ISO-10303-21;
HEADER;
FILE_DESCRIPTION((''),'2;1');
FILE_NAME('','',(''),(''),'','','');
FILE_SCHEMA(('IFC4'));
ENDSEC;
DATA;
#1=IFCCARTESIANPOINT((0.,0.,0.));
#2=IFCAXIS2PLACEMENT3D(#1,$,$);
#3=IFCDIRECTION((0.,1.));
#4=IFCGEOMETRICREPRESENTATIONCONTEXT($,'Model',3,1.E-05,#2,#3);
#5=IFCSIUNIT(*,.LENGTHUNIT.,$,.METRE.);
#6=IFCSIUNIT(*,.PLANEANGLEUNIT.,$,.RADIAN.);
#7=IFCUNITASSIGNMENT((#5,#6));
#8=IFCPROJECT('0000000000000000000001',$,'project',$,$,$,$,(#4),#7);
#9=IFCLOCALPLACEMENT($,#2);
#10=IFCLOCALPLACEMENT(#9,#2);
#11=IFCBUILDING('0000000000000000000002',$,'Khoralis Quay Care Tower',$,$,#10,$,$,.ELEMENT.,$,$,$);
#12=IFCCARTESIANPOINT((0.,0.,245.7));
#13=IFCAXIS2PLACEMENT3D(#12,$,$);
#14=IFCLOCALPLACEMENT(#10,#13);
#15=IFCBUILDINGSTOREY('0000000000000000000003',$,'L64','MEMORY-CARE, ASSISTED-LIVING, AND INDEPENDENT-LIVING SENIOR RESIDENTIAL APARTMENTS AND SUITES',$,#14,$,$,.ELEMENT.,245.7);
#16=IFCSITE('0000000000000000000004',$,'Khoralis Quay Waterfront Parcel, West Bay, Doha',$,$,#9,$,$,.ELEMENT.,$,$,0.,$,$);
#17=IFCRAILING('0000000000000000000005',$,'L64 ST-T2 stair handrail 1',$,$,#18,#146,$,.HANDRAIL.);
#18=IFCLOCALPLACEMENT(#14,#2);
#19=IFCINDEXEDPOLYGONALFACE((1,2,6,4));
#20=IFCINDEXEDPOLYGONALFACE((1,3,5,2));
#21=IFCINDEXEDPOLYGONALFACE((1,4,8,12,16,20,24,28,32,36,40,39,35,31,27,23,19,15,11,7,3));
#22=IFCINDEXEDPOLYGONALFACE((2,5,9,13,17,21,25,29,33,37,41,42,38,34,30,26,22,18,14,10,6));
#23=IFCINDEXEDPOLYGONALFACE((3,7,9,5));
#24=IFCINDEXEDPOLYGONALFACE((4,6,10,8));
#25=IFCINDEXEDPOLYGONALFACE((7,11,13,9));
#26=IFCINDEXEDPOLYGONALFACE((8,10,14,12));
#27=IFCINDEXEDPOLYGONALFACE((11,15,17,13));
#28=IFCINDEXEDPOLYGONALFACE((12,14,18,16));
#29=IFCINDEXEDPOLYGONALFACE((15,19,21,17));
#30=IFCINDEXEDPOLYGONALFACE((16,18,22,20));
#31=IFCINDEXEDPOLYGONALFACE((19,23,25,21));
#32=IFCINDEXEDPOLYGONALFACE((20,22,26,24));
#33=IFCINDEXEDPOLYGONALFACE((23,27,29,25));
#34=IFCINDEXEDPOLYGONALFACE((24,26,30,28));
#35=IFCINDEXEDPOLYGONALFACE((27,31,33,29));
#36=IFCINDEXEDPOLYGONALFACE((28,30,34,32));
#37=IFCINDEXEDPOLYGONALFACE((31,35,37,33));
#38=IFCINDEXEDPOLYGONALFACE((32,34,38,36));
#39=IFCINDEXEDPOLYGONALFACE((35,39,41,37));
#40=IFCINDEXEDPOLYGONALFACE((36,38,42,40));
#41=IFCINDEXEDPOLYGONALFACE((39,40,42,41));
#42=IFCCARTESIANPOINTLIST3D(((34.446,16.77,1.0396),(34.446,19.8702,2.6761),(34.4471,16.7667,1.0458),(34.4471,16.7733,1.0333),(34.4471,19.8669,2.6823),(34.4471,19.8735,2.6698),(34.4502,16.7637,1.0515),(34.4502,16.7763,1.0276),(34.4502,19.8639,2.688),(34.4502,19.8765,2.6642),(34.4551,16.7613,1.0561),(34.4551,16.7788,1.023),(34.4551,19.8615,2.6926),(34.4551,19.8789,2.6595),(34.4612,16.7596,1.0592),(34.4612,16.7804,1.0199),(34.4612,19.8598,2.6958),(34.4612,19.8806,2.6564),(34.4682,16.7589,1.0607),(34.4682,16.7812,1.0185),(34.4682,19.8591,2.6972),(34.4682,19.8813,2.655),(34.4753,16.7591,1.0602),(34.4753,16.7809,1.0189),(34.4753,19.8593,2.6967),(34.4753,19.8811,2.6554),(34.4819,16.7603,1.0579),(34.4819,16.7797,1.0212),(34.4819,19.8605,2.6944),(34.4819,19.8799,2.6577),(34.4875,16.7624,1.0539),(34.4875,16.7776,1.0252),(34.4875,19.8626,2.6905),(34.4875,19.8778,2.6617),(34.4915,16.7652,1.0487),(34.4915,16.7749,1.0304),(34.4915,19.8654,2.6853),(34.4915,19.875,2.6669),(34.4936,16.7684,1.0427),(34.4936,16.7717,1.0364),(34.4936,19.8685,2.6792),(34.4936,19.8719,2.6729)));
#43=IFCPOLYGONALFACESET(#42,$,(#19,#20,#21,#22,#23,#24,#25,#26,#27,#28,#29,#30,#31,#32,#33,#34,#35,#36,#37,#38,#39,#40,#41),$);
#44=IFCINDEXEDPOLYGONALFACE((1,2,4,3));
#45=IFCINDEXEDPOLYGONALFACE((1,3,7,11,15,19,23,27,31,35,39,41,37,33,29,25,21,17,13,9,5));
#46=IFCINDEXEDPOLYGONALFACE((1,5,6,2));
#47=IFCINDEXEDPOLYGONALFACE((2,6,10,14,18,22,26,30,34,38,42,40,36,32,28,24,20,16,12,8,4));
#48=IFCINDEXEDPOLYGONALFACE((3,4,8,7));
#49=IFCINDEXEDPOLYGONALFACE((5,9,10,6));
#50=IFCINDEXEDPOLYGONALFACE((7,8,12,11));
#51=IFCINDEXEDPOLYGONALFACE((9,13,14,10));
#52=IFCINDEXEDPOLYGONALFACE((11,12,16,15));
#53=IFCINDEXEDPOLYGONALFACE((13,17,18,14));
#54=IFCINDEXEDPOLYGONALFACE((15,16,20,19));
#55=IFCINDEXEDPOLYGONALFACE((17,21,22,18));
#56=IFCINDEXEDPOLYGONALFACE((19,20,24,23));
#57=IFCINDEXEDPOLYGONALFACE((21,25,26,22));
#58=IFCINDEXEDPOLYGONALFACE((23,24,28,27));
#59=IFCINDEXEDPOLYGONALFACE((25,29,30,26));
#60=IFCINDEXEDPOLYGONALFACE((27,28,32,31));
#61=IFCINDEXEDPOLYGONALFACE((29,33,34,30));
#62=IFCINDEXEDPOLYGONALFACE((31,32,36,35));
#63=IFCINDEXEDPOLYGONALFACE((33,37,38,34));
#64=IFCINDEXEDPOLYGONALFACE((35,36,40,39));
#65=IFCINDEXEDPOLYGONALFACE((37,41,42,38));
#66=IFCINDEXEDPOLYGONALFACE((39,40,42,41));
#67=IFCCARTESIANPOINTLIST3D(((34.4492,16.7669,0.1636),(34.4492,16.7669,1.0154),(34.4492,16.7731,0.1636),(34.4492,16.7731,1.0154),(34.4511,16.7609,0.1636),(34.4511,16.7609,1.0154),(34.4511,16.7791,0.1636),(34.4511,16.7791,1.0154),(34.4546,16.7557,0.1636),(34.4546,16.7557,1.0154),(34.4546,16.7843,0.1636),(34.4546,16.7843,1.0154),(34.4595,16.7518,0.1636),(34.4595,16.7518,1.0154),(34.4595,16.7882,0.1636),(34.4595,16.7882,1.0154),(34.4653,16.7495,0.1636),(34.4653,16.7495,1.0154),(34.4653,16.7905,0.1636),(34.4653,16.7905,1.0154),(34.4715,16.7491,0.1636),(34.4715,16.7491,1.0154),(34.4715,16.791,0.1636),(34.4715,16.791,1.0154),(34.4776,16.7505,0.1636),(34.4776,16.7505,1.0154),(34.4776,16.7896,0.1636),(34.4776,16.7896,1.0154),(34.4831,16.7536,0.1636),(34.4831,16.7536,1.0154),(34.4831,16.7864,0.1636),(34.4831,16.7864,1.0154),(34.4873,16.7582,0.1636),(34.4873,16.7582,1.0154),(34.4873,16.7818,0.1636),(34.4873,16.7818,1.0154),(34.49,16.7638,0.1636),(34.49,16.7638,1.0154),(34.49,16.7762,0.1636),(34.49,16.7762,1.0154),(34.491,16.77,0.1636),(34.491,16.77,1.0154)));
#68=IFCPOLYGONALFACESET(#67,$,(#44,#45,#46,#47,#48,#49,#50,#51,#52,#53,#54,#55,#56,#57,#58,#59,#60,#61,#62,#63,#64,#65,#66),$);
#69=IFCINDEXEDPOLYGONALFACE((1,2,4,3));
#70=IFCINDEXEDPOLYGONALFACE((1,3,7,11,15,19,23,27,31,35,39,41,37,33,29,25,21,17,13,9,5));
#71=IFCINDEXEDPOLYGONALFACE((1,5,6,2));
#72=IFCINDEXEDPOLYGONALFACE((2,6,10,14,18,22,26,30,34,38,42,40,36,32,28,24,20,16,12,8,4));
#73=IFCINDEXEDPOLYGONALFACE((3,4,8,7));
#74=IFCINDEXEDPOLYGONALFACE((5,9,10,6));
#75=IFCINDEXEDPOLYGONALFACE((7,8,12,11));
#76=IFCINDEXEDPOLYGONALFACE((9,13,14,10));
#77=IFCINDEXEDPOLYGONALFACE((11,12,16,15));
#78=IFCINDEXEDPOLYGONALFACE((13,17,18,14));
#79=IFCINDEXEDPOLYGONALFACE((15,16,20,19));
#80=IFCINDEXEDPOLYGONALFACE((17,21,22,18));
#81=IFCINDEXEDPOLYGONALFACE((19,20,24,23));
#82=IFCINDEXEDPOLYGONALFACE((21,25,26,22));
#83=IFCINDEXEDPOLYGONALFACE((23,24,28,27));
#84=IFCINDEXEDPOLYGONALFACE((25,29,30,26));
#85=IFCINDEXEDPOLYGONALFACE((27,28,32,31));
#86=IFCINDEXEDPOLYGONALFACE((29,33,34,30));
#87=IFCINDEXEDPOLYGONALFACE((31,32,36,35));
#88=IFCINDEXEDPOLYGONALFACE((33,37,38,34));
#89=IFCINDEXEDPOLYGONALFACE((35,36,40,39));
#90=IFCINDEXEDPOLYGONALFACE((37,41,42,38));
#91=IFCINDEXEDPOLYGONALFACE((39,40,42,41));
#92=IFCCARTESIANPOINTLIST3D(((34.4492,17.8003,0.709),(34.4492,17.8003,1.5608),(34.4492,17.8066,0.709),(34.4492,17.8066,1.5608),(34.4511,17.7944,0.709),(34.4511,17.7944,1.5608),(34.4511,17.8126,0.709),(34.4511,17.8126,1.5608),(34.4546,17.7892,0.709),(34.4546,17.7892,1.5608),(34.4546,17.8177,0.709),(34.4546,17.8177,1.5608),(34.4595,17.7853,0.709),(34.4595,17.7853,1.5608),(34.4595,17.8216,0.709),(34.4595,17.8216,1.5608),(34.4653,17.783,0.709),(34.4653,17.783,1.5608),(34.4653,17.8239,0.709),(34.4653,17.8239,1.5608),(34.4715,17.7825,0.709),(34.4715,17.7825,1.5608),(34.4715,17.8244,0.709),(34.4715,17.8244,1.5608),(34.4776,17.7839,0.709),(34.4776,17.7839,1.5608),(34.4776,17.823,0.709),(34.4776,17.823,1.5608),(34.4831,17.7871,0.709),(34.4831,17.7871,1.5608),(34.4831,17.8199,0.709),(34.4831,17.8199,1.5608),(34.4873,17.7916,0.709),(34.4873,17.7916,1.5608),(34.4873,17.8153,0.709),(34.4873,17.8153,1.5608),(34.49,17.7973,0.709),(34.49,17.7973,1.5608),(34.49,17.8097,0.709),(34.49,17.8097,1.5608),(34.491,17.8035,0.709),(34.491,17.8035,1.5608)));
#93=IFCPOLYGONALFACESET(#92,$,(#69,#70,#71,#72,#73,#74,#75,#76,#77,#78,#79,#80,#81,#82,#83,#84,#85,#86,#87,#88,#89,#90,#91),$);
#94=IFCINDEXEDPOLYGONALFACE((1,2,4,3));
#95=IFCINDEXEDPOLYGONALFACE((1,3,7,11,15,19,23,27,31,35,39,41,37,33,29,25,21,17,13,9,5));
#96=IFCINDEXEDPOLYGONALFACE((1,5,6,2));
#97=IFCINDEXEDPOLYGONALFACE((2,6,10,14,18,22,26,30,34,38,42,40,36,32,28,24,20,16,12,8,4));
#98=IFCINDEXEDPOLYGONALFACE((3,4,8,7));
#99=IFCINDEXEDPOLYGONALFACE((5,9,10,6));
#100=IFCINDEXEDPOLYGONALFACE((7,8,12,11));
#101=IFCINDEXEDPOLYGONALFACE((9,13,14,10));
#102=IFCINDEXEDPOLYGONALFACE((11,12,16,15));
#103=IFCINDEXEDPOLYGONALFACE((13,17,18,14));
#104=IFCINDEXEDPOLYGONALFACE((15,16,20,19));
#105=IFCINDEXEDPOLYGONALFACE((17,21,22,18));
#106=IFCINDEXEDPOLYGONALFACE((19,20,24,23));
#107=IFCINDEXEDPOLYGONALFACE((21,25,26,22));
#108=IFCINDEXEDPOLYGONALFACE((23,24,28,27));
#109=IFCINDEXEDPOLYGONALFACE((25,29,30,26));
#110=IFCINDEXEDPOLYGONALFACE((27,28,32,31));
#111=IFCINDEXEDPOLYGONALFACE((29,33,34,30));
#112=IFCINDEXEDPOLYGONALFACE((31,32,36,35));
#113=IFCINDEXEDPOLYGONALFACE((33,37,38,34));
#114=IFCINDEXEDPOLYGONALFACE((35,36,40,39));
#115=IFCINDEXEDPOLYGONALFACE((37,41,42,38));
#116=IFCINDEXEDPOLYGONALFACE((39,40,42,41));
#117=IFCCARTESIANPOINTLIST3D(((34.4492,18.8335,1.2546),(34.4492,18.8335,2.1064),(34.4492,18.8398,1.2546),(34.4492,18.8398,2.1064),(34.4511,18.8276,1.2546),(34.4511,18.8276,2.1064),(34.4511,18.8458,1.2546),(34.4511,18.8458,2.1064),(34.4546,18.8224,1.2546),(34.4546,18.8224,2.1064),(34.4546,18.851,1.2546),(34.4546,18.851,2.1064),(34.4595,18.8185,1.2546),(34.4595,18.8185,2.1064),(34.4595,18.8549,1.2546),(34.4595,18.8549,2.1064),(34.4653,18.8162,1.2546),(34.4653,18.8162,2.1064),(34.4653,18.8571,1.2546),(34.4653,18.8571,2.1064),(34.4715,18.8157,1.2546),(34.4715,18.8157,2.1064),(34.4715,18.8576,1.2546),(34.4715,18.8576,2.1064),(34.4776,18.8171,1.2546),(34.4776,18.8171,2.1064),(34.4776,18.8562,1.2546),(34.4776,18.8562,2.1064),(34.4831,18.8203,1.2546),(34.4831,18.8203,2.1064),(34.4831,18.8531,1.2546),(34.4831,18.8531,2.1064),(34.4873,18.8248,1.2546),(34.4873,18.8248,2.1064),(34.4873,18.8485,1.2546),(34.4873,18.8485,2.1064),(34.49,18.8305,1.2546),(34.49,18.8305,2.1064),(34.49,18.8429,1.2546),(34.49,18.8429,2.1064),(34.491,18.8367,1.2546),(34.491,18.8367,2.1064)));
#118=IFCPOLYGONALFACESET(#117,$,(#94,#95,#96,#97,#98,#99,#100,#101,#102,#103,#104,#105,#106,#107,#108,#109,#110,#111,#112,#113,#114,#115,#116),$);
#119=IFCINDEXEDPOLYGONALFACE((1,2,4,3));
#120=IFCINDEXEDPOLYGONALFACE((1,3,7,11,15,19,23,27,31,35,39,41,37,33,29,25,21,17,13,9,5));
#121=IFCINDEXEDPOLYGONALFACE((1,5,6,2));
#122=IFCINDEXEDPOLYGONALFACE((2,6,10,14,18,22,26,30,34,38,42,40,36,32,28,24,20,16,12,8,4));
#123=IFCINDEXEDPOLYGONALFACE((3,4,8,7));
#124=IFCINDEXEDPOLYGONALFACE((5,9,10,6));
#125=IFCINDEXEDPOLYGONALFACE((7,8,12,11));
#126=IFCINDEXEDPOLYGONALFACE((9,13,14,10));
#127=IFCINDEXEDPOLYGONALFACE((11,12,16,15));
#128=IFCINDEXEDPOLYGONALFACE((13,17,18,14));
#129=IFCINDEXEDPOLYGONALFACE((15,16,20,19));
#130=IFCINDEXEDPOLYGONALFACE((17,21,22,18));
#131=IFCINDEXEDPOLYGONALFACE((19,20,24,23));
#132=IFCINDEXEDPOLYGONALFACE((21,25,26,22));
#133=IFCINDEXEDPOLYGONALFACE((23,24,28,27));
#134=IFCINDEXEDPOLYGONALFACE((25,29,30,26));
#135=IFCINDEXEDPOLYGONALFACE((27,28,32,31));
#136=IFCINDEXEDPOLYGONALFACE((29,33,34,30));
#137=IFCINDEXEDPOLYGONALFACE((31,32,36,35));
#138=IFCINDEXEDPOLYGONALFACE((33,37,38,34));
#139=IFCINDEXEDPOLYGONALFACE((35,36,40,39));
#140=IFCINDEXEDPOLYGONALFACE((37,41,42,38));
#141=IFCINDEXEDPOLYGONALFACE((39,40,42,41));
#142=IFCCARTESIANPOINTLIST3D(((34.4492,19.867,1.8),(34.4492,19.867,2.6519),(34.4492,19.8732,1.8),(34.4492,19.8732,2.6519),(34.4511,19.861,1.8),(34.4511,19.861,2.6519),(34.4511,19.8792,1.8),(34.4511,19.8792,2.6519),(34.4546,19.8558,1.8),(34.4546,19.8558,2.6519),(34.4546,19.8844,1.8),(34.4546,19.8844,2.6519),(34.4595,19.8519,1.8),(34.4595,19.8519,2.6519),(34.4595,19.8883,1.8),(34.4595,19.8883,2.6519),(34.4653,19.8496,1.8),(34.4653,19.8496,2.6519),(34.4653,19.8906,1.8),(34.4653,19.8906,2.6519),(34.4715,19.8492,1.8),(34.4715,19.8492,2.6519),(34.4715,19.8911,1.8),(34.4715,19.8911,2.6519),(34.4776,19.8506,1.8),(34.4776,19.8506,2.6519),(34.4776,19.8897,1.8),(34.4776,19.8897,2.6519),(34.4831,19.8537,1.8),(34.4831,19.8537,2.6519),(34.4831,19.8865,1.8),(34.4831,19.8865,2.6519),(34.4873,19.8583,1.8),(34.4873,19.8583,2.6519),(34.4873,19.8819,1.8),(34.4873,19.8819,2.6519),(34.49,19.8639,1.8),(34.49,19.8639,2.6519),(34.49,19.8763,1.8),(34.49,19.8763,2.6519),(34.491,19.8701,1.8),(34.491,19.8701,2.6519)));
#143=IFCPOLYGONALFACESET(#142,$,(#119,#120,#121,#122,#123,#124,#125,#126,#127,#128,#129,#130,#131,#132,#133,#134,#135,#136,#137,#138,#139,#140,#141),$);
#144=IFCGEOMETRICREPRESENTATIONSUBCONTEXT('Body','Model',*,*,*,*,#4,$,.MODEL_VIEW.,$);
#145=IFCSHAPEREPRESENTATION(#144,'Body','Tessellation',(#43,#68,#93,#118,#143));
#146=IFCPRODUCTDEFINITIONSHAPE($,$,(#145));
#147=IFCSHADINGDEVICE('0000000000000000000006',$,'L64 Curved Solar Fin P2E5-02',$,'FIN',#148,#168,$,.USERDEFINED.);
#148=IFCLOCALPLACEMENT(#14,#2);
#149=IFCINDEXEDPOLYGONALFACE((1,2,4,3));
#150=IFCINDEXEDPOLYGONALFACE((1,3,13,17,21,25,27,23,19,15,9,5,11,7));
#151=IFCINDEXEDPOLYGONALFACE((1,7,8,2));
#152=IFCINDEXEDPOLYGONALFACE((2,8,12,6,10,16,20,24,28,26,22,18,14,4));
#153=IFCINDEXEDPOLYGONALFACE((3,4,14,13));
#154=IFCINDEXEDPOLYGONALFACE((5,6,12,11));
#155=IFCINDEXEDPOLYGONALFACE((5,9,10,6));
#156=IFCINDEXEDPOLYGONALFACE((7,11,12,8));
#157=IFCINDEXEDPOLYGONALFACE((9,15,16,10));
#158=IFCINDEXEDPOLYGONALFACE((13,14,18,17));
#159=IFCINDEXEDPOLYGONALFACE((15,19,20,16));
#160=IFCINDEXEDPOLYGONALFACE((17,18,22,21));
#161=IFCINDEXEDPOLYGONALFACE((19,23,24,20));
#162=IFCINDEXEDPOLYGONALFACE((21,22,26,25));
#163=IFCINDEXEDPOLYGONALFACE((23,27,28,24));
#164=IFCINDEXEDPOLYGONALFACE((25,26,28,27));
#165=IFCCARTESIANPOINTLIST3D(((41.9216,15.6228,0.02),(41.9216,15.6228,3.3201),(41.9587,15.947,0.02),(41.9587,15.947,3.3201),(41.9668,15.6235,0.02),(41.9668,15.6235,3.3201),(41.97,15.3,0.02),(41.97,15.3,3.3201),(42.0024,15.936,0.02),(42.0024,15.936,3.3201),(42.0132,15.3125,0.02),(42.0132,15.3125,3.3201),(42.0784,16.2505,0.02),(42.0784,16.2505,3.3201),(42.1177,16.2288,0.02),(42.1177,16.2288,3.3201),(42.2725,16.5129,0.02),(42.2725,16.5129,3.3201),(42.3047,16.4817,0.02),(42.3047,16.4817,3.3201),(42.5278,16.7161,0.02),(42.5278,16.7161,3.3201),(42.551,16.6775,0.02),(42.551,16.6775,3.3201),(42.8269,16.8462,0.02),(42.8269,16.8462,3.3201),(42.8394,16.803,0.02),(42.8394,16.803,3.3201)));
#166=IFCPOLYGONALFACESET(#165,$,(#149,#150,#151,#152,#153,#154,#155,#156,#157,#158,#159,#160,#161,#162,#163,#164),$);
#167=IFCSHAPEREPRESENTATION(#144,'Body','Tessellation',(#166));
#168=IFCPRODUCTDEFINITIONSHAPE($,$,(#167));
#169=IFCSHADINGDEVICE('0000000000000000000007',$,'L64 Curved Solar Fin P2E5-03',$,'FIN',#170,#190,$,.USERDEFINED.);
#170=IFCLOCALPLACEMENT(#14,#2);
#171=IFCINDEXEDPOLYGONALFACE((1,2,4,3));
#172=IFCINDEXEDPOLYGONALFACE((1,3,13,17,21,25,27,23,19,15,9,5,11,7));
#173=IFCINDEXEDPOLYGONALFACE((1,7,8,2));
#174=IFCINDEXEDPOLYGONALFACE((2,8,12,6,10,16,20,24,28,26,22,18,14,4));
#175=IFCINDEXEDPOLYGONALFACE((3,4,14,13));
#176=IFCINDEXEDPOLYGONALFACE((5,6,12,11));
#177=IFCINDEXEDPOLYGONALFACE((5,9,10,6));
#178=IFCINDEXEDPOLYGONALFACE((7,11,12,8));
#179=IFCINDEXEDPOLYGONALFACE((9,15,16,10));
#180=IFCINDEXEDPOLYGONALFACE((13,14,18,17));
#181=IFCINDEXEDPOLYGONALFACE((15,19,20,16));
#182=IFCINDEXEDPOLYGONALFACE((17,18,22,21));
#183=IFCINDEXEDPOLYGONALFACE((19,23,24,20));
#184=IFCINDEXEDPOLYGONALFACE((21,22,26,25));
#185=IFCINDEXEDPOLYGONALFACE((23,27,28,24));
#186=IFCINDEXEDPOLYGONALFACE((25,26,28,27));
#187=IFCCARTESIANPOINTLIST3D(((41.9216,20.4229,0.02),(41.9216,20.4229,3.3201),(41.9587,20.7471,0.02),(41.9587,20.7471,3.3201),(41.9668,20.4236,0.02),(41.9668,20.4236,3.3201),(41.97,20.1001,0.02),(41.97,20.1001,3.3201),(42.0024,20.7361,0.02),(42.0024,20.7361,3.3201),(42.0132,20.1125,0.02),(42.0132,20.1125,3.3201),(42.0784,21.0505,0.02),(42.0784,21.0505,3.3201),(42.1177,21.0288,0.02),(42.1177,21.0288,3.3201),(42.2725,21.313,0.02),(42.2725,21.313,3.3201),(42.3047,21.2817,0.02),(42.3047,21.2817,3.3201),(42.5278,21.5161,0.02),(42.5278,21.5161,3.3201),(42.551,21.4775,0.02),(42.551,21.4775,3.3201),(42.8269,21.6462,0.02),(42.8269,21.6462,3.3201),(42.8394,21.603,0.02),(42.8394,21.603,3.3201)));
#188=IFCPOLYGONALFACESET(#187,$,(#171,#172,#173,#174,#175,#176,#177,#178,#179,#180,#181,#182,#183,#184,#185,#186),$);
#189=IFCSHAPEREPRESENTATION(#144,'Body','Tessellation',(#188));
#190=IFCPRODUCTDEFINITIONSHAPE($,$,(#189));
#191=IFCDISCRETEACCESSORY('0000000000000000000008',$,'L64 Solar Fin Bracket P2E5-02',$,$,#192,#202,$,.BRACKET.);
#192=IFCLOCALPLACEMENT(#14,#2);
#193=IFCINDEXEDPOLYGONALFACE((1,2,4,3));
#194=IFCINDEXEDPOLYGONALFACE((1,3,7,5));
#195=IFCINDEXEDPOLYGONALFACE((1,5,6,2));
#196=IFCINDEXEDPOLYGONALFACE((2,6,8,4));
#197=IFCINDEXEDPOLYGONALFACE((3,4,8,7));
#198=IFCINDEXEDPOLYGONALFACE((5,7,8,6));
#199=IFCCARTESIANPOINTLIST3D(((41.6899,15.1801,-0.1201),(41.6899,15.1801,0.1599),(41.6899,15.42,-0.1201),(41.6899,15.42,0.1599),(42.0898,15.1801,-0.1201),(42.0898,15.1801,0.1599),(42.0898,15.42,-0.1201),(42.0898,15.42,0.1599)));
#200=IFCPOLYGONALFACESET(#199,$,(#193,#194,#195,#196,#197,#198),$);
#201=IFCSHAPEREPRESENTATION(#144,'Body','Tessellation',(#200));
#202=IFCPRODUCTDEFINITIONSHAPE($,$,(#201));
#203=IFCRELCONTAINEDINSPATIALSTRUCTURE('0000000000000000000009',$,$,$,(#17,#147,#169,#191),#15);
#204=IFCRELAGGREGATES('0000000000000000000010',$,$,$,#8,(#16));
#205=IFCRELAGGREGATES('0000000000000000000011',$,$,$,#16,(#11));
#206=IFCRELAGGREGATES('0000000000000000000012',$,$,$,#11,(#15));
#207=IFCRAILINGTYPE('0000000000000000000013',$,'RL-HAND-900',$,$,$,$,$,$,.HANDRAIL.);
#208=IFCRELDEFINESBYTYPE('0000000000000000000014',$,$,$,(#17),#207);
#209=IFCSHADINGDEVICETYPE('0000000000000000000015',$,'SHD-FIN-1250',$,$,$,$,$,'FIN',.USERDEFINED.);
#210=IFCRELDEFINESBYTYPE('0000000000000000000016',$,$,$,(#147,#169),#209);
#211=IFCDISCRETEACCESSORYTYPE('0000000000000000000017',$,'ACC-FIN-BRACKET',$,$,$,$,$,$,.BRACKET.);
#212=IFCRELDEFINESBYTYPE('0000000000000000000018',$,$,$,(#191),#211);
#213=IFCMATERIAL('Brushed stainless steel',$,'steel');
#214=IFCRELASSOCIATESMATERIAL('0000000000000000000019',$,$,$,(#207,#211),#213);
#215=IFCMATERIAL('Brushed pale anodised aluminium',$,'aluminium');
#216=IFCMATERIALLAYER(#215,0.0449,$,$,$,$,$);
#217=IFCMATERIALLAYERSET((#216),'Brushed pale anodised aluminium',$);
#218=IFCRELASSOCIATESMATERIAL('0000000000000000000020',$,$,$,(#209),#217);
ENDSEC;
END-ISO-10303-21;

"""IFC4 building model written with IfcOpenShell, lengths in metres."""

from ifc_helpers import new_model, si_unit, direction, frame, origin, origin_2d, place, context, subcontext, project, spatial, polyline, rectangle, circle, outline, extrude, source, transform, mapped, material, layer, layer_set, type_object, element, save


model = new_model("IFC4")

# Units and contexts
model_context = context("Model", 3, precision=1e-05, world=origin(), true_north=direction((0.0, 1.0)))
body_context = subcontext(model_context, "Body", "Model", "MODEL_VIEW")
ifc_project = project(units=[si_unit("LENGTHUNIT", "METRE"), si_unit("PLANEANGLEUNIT", "RADIAN")], contexts=[model_context])

# Site, building, storey
site_placement = place(None, origin())
site = spatial("IfcSite", under=ifc_project, at=site_placement, Name="Khoralis Quay Waterfront Parcel, West Bay, Doha", CompositionType="ELEMENT", RefElevation=0.0)
building_placement = place(site_placement, origin())
building = spatial("IfcBuilding", under=site, at=building_placement, Name="Khoralis Quay Care Tower", CompositionType="ELEMENT")
storey_placement = place(building_placement, frame((0.0, 0.0, 245.7)))
storey = spatial("IfcBuildingStorey", under=building, at=storey_placement, Name="L64", Description="MEMORY-CARE, ASSISTED-LIVING, AND INDEPENDENT-LIVING SENIOR RESIDENTIAL APARTMENTS AND SUITES", CompositionType="ELEMENT", Elevation=245.7)

# Railing
ifc_material_1 = material(Name="Brushed stainless steel", Category="steel")
railing_type = type_object("IfcRailingType", Name="RL-HAND-900", PredefinedType="HANDRAIL", material=ifc_material_1)
railing_placement = place(storey_placement, frame((34.47, 16.77, 0.1636)))
element("IfcRailing", 1, at=railing_placement, inside=storey, type_object=railing_type, Name="L64 ST-T2 stair handrail 1", PredefinedType="HANDRAIL", context=body_context, shape_type="SweptSolid", body=[
    extrude(circle(Radius=0.0239, at=origin_2d()), frame((0.0, 0.0, 0.876), z_axis=(0.0, 0.884348, 0.466828), x_axis=(-1.0, 0.0, 0.0)), (0.0, 0.0, 1.0), 3.5056),
    extrude(circle(Radius=0.021, at=origin_2d()), origin(), (0.0, 0.0, 1.0), 0.8518),
    extrude(circle(Radius=0.021, at=origin_2d()), frame((0.0, 1.0334, 0.5454)), (0.0, 0.0, 1.0), 0.8518),
    extrude(circle(Radius=0.021, at=origin_2d()), frame((0.0, 2.0667, 1.0911)), (0.0, 0.0, 1.0), 0.8518),
    extrude(circle(Radius=0.021, at=origin_2d()), frame((0.0, 3.1001, 1.6365)), (0.0, 0.0, 1.0), 0.8518),
])

# Shading devices
ifc_material_2 = material(Name="Brushed pale anodised aluminium", Category="aluminium")
ifc_layer_1 = layer(ifc_material_2, 0.0449)
ifc_layer_set_1 = layer_set([ifc_layer_1], Name="Brushed pale anodised aluminium")
shading_device_type = type_object("IfcShadingDeviceType", Name="SHD-FIN-1250", ElementType="FIN", PredefinedType="USERDEFINED", material=ifc_layer_set_1)
shared_shape_1 = source(origin(), body_context, "Body", "SweptSolid", [
    extrude(outline(polyline([(0.0, 0.0), (-0.0483, 0.3228), (-0.0112, 0.647), (0.1084, 0.9504), (0.3025, 1.2129), (0.5579, 1.416), (0.8569, 1.5461), (0.8694, 1.5029), (0.5811, 1.3774), (0.3347, 1.1816), (0.1477, 0.9287), (0.0325, 0.636), (-0.0032, 0.3235), (0.0432, 0.0125), (0.0, 0.0)])), origin(), (0.0, 0.0, 1.0), 3.3),
])
for number, where, z_axis, x_axis, name in (
    (2, (41.97, 15.3, 0.02), (0.0, 0.0, 1.0), (1.0, 0.0, 0.0), "L64 Curved Solar Fin P2E5-02"),
    (3, (41.97, 20.1001, 0.02), (0.0, 0.0, 1.0), (1.0, 0.0, 0.0), "L64 Curved Solar Fin P2E5-03"),
):
    element("IfcShadingDevice", number, at=place(storey_placement, frame(where, z_axis=z_axis, x_axis=x_axis)), inside=storey, type_object=shading_device_type, Name=name, ObjectType="FIN", PredefinedType="USERDEFINED", context=body_context, shape_type="MappedRepresentation", body=[
        mapped(shared_shape_1, transform((0.0, 0.0, 0.0), scale=1.0)),
    ])

# Discrete accessory
discrete_accessory_type = type_object("IfcDiscreteAccessoryType", Name="ACC-FIN-BRACKET", PredefinedType="BRACKET", material=ifc_material_1)
shared_shape_2 = source(origin(), body_context, "Body", "SweptSolid", [
    extrude(rectangle(XDim=0.3999, YDim=0.24, at=origin_2d()), origin(), (0.0, 0.0, 1.0), 0.28),
])
for number, where, z_axis, x_axis, name in (
    (4, (41.8899, 15.3, -0.1201), (0.0, 0.0, 1.0), (1.0, 0.0, 0.0), "L64 Solar Fin Bracket P2E5-02"),
):
    element("IfcDiscreteAccessory", number, at=place(storey_placement, frame(where, z_axis=z_axis, x_axis=x_axis)), inside=storey, type_object=discrete_accessory_type, Name=name, PredefinedType="BRACKET", context=body_context, shape_type="MappedRepresentation", body=[
        mapped(shared_shape_2, transform((0.0, 0.0, 0.0), scale=1.0)),
    ])

save(model, "model.ifc")
